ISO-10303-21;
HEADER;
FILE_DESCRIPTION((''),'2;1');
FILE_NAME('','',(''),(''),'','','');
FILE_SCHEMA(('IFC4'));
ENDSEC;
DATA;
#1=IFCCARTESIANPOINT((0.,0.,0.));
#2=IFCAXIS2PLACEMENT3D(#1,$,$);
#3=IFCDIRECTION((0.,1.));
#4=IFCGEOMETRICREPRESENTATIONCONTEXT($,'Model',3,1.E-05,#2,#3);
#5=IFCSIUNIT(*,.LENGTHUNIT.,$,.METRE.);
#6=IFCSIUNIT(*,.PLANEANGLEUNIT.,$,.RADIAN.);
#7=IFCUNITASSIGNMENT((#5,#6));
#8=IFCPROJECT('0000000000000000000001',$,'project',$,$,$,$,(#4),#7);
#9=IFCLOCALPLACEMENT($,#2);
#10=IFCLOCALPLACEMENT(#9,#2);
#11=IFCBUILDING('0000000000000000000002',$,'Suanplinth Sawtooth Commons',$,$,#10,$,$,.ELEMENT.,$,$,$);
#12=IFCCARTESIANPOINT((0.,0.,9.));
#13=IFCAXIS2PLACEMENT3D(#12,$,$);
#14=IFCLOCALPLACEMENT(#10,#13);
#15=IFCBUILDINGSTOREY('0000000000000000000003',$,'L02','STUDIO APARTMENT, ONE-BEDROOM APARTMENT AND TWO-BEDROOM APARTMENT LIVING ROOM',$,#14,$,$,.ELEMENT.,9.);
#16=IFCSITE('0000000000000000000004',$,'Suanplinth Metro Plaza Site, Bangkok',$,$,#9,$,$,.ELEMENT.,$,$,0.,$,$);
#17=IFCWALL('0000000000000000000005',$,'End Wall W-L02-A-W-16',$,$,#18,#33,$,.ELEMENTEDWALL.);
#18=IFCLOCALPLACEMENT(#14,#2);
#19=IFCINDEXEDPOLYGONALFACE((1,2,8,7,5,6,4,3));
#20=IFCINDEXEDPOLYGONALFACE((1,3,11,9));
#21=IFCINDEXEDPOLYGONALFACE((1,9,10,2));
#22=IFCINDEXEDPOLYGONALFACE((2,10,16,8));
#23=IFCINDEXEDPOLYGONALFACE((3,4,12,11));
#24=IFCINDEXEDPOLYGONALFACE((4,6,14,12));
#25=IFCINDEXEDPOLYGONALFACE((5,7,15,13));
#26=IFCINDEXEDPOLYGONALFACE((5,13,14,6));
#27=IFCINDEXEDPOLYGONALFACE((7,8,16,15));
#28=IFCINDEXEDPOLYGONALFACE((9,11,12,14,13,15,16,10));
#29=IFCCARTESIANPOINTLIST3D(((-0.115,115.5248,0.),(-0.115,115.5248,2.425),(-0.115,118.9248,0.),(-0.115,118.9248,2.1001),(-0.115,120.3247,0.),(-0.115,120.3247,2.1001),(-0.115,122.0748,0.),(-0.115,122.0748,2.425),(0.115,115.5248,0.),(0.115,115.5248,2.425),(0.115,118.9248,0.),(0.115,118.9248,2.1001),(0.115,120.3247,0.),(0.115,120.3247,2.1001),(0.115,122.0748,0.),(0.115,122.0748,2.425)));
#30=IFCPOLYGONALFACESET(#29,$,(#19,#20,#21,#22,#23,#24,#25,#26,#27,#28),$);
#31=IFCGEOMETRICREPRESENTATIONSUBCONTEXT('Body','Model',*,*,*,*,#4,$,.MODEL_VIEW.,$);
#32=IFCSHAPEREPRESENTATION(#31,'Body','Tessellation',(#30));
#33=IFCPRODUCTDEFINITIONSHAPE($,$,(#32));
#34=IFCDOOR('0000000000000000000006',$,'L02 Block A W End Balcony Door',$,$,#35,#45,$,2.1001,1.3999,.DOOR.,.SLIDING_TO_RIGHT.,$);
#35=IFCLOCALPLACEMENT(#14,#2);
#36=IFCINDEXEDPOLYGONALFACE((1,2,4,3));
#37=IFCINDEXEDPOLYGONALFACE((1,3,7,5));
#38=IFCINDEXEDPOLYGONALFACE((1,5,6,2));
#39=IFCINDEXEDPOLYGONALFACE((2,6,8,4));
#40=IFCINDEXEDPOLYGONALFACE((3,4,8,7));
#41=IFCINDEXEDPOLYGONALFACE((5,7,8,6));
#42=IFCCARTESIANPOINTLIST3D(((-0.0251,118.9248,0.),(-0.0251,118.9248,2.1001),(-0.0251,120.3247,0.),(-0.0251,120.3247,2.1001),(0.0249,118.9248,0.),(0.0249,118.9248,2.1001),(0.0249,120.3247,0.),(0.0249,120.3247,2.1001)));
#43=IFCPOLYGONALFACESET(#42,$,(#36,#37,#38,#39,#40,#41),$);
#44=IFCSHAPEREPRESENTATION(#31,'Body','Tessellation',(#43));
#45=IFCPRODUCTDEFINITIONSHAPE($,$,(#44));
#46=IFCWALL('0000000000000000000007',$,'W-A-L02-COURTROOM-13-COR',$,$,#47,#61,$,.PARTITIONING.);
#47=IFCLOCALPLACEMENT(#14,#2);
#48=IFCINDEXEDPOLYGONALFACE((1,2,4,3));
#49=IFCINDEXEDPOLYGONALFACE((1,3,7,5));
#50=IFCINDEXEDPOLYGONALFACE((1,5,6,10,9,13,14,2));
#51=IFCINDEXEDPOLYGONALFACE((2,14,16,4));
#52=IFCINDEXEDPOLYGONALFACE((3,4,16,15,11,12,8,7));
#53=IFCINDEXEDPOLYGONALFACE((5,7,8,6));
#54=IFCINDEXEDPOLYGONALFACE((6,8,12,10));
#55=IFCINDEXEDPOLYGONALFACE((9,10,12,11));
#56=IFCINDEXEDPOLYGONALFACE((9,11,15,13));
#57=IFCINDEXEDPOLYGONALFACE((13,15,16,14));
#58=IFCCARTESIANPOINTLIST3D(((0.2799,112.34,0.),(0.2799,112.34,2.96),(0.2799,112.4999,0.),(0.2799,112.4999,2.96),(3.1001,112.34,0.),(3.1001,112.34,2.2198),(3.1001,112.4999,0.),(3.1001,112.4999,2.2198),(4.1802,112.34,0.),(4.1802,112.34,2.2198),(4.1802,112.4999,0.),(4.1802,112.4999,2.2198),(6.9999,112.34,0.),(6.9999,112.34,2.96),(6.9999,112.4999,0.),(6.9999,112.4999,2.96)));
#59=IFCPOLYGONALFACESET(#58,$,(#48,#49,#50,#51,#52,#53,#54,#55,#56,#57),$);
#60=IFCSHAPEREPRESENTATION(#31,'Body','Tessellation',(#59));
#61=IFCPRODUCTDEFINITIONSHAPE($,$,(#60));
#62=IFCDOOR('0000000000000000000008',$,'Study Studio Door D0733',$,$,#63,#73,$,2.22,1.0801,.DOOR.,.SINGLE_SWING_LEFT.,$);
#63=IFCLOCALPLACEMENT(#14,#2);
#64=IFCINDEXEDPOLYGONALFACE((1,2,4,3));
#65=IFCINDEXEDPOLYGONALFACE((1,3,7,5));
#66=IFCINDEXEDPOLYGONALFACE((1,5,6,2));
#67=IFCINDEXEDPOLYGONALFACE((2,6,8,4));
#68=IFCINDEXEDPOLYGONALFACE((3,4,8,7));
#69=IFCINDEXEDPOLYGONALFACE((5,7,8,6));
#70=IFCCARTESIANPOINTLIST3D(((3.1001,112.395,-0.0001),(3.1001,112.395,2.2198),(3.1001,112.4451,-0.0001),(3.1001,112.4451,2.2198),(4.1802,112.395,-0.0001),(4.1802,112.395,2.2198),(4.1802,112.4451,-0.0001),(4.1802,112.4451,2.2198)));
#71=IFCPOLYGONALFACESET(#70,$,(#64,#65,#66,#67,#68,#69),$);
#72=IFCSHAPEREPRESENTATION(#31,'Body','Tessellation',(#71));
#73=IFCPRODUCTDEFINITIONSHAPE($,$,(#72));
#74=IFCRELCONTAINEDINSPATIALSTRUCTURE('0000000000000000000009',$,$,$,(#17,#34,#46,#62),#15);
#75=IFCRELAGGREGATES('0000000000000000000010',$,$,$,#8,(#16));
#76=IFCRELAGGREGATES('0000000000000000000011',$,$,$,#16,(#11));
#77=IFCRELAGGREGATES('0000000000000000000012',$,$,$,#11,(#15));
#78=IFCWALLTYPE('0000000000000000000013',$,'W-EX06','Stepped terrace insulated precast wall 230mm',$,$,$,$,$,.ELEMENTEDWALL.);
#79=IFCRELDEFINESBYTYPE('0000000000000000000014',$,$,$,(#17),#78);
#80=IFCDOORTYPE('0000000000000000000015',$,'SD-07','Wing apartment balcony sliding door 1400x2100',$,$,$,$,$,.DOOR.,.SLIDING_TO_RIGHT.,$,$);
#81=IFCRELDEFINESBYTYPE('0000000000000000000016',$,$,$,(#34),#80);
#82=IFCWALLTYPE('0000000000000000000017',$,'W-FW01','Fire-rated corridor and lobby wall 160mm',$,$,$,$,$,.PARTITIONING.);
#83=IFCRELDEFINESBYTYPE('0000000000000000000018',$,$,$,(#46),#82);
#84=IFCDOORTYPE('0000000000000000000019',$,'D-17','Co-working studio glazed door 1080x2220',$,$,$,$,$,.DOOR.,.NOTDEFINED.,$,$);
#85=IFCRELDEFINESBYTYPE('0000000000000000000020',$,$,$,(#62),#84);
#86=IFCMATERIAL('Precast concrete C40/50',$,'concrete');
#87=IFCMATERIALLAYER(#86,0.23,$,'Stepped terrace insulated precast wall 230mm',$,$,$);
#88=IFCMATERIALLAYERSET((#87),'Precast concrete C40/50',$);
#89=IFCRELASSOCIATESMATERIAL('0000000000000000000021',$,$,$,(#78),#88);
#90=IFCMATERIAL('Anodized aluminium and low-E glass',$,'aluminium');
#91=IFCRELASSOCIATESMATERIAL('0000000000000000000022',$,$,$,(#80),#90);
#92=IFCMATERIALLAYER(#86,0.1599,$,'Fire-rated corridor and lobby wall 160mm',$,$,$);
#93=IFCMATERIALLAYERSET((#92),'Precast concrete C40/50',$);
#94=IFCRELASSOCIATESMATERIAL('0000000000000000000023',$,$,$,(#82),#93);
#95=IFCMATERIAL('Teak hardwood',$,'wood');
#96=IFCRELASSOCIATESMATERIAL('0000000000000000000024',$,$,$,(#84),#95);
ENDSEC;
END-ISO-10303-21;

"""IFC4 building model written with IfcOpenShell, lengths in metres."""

from ifc_helpers import new_model, si_unit, direction, frame, frame_2d, origin, place, context, subcontext, project, spatial, rectangle, extrude, material, layer, layer_set, type_object, element, fill, save


model = new_model("IFC4")

# Units and contexts
model_context = context("Model", 3, precision=1e-05, world=origin(), true_north=direction((0.0, 1.0)))
body_context = subcontext(model_context, "Body", "Model", "MODEL_VIEW")
ifc_project = project(units=[si_unit("LENGTHUNIT", "METRE"), si_unit("PLANEANGLEUNIT", "RADIAN")], contexts=[model_context])

# Site, building, storey
site_placement = place(None, origin())
site = spatial("IfcSite", under=ifc_project, at=site_placement, Name="Suanplinth Metro Plaza Site, Bangkok", CompositionType="ELEMENT", RefElevation=0.0)
building_placement = place(site_placement, origin())
building = spatial("IfcBuilding", under=site, at=building_placement, Name="Suanplinth Sawtooth Commons", CompositionType="ELEMENT")
storey_placement = place(building_placement, frame((0.0, 0.0, 9.0)))
storey = spatial("IfcBuildingStorey", under=building, at=storey_placement, Name="L02", Description="STUDIO APARTMENT, ONE-BEDROOM APARTMENT AND TWO-BEDROOM APARTMENT LIVING ROOM", CompositionType="ELEMENT", Elevation=9.0)

# Shared definitions
ifc_material_1 = material(Name="Precast concrete C40/50", Category="concrete")

# Shared definitions
ifc_layer_1 = layer(ifc_material_1, 0.23, Name="Stepped terrace insulated precast wall 230mm")
ifc_layer_set_1 = layer_set([ifc_layer_1], Name="Precast concrete C40/50")
wall_type_1 = type_object("IfcWallType", Name="W-EX06", Description="Stepped terrace insulated precast wall 230mm", PredefinedType="ELEMENTEDWALL", material=ifc_layer_set_1)

# Walls, openings, doors
wall_1_placement = place(storey_placement, frame((0.0, 115.5249, 0.0), z_axis=(0.0, 0.0, 1.0), x_axis=(0.0, 1.0, 0.0)))
wall_1 = element("IfcWall", 1, at=wall_1_placement, inside=storey, type_object=wall_type_1, Name="End Wall W-L02-A-W-16", PredefinedType="ELEMENTEDWALL", context=body_context, shape_type="SweptSolid", body=[
    extrude(rectangle(XDim=6.55, YDim=0.23, at=frame_2d((3.2749, 0.0))), origin(), (0.0, 0.0, 1.0), 2.425),
])
opening_1_placement = place(wall_1_placement, frame((3.3999, 0.0, 0.0)))
opening_1 = element("IfcOpeningElement", 2, at=opening_1_placement, cuts=wall_1, PredefinedType="OPENING", context=body_context, shape_type="SweptSolid", body=[
    extrude(rectangle(XDim=1.3999, YDim=2.1001, at=frame_2d((0.7, 1.05))), frame((0.0, 0.1299, 0.0), z_axis=(0.0, -1.0, 0.0), x_axis=(1.0, 0.0, 0.0)), (0.0, 0.0, 1.0), 0.2598),
])
ifc_material_2 = material(Name="Anodized aluminium and low-E glass", Category="aluminium")
door_type_1 = type_object("IfcDoorType", Name="SD-07", Description="Wing apartment balcony sliding door 1400x2100", OperationType="SLIDING_TO_RIGHT", PredefinedType="DOOR", material=ifc_material_2)
door_1_placement = place(opening_1_placement, frame((1.3999, 0.0, 0.0), z_axis=(0.0, 0.0, 1.0), x_axis=(-1.0, 0.0, 0.0)))
door_1 = element("IfcDoor", 3, at=door_1_placement, inside=storey, type_object=door_type_1, Name="L02 Block A W End Balcony Door", OperationType="SLIDING_TO_RIGHT", OverallHeight=2.1001, OverallWidth=1.3999, PredefinedType="DOOR", context=body_context, shape_type="SweptSolid", body=[
    extrude(rectangle(XDim=1.3999, YDim=2.1001, at=frame_2d((0.7, 1.05))), frame((0.0, 0.0249, 0.0), z_axis=(0.0, -1.0, 0.0), x_axis=(1.0, 0.0, 0.0)), (0.0, 0.0, 1.0), 0.05),
])
fill(opening_1, door_1)
ifc_layer_2 = layer(ifc_material_1, 0.1599, Name="Fire-rated corridor and lobby wall 160mm")
ifc_layer_set_2 = layer_set([ifc_layer_2], Name="Precast concrete C40/50")
wall_type_2 = type_object("IfcWallType", Name="W-FW01", Description="Fire-rated corridor and lobby wall 160mm", PredefinedType="PARTITIONING", material=ifc_layer_set_2)
wall_2_placement = place(storey_placement, frame((0.28, 112.4199, 0.0), z_axis=(0.0, 0.0, 1.0), x_axis=(1.0, 0.0, 0.0)))
wall_2 = element("IfcWall", 4, at=wall_2_placement, inside=storey, type_object=wall_type_2, Name="W-A-L02-COURTROOM-13-COR", PredefinedType="PARTITIONING", context=body_context, shape_type="SweptSolid", body=[
    extrude(rectangle(XDim=6.72, YDim=0.1599, at=frame_2d((3.3599, 0.0))), origin(), (0.0, 0.0, 1.0), 2.96),
])
opening_2_placement = place(wall_2_placement, frame((2.8201, 0.0, 0.0)))
opening_2 = element("IfcOpeningElement", 5, at=opening_2_placement, cuts=wall_2, PredefinedType="OPENING", context=body_context, shape_type="SweptSolid", body=[
    extrude(rectangle(XDim=1.0801, YDim=2.22, at=frame_2d((0.54, 1.1099))), frame((0.0, 0.0947, 0.0), z_axis=(0.0, -1.0, 0.0), x_axis=(1.0, 0.0, 0.0)), (0.0, 0.0, 1.0), 0.1897),
])
ifc_material_3 = material(Name="Teak hardwood", Category="wood")
door_type_2 = type_object("IfcDoorType", Name="D-17", Description="Co-working studio glazed door 1080x2220", OperationType="NOTDEFINED", PredefinedType="DOOR", material=ifc_material_3)
door_2_placement = place(opening_2_placement, frame((1.0801, 0.0, 0.0), z_axis=(0.0, 0.0, 1.0), x_axis=(-1.0, 0.0, 0.0)))
door_2 = element("IfcDoor", 6, at=door_2_placement, inside=storey, type_object=door_type_2, Name="Study Studio Door D0733", OperationType="SINGLE_SWING_LEFT", OverallHeight=2.22, OverallWidth=1.0801, PredefinedType="DOOR", context=body_context, shape_type="SweptSolid", body=[
    extrude(rectangle(XDim=1.0801, YDim=2.22, at=frame_2d((0.54, 1.1099))), frame((0.0, 0.0249, 0.0), z_axis=(0.0, -1.0, 0.0), x_axis=(1.0, 0.0, 0.0)), (0.0, 0.0, 1.0), 0.05),
])
fill(opening_2, door_2)

save(model, "model.ifc")
